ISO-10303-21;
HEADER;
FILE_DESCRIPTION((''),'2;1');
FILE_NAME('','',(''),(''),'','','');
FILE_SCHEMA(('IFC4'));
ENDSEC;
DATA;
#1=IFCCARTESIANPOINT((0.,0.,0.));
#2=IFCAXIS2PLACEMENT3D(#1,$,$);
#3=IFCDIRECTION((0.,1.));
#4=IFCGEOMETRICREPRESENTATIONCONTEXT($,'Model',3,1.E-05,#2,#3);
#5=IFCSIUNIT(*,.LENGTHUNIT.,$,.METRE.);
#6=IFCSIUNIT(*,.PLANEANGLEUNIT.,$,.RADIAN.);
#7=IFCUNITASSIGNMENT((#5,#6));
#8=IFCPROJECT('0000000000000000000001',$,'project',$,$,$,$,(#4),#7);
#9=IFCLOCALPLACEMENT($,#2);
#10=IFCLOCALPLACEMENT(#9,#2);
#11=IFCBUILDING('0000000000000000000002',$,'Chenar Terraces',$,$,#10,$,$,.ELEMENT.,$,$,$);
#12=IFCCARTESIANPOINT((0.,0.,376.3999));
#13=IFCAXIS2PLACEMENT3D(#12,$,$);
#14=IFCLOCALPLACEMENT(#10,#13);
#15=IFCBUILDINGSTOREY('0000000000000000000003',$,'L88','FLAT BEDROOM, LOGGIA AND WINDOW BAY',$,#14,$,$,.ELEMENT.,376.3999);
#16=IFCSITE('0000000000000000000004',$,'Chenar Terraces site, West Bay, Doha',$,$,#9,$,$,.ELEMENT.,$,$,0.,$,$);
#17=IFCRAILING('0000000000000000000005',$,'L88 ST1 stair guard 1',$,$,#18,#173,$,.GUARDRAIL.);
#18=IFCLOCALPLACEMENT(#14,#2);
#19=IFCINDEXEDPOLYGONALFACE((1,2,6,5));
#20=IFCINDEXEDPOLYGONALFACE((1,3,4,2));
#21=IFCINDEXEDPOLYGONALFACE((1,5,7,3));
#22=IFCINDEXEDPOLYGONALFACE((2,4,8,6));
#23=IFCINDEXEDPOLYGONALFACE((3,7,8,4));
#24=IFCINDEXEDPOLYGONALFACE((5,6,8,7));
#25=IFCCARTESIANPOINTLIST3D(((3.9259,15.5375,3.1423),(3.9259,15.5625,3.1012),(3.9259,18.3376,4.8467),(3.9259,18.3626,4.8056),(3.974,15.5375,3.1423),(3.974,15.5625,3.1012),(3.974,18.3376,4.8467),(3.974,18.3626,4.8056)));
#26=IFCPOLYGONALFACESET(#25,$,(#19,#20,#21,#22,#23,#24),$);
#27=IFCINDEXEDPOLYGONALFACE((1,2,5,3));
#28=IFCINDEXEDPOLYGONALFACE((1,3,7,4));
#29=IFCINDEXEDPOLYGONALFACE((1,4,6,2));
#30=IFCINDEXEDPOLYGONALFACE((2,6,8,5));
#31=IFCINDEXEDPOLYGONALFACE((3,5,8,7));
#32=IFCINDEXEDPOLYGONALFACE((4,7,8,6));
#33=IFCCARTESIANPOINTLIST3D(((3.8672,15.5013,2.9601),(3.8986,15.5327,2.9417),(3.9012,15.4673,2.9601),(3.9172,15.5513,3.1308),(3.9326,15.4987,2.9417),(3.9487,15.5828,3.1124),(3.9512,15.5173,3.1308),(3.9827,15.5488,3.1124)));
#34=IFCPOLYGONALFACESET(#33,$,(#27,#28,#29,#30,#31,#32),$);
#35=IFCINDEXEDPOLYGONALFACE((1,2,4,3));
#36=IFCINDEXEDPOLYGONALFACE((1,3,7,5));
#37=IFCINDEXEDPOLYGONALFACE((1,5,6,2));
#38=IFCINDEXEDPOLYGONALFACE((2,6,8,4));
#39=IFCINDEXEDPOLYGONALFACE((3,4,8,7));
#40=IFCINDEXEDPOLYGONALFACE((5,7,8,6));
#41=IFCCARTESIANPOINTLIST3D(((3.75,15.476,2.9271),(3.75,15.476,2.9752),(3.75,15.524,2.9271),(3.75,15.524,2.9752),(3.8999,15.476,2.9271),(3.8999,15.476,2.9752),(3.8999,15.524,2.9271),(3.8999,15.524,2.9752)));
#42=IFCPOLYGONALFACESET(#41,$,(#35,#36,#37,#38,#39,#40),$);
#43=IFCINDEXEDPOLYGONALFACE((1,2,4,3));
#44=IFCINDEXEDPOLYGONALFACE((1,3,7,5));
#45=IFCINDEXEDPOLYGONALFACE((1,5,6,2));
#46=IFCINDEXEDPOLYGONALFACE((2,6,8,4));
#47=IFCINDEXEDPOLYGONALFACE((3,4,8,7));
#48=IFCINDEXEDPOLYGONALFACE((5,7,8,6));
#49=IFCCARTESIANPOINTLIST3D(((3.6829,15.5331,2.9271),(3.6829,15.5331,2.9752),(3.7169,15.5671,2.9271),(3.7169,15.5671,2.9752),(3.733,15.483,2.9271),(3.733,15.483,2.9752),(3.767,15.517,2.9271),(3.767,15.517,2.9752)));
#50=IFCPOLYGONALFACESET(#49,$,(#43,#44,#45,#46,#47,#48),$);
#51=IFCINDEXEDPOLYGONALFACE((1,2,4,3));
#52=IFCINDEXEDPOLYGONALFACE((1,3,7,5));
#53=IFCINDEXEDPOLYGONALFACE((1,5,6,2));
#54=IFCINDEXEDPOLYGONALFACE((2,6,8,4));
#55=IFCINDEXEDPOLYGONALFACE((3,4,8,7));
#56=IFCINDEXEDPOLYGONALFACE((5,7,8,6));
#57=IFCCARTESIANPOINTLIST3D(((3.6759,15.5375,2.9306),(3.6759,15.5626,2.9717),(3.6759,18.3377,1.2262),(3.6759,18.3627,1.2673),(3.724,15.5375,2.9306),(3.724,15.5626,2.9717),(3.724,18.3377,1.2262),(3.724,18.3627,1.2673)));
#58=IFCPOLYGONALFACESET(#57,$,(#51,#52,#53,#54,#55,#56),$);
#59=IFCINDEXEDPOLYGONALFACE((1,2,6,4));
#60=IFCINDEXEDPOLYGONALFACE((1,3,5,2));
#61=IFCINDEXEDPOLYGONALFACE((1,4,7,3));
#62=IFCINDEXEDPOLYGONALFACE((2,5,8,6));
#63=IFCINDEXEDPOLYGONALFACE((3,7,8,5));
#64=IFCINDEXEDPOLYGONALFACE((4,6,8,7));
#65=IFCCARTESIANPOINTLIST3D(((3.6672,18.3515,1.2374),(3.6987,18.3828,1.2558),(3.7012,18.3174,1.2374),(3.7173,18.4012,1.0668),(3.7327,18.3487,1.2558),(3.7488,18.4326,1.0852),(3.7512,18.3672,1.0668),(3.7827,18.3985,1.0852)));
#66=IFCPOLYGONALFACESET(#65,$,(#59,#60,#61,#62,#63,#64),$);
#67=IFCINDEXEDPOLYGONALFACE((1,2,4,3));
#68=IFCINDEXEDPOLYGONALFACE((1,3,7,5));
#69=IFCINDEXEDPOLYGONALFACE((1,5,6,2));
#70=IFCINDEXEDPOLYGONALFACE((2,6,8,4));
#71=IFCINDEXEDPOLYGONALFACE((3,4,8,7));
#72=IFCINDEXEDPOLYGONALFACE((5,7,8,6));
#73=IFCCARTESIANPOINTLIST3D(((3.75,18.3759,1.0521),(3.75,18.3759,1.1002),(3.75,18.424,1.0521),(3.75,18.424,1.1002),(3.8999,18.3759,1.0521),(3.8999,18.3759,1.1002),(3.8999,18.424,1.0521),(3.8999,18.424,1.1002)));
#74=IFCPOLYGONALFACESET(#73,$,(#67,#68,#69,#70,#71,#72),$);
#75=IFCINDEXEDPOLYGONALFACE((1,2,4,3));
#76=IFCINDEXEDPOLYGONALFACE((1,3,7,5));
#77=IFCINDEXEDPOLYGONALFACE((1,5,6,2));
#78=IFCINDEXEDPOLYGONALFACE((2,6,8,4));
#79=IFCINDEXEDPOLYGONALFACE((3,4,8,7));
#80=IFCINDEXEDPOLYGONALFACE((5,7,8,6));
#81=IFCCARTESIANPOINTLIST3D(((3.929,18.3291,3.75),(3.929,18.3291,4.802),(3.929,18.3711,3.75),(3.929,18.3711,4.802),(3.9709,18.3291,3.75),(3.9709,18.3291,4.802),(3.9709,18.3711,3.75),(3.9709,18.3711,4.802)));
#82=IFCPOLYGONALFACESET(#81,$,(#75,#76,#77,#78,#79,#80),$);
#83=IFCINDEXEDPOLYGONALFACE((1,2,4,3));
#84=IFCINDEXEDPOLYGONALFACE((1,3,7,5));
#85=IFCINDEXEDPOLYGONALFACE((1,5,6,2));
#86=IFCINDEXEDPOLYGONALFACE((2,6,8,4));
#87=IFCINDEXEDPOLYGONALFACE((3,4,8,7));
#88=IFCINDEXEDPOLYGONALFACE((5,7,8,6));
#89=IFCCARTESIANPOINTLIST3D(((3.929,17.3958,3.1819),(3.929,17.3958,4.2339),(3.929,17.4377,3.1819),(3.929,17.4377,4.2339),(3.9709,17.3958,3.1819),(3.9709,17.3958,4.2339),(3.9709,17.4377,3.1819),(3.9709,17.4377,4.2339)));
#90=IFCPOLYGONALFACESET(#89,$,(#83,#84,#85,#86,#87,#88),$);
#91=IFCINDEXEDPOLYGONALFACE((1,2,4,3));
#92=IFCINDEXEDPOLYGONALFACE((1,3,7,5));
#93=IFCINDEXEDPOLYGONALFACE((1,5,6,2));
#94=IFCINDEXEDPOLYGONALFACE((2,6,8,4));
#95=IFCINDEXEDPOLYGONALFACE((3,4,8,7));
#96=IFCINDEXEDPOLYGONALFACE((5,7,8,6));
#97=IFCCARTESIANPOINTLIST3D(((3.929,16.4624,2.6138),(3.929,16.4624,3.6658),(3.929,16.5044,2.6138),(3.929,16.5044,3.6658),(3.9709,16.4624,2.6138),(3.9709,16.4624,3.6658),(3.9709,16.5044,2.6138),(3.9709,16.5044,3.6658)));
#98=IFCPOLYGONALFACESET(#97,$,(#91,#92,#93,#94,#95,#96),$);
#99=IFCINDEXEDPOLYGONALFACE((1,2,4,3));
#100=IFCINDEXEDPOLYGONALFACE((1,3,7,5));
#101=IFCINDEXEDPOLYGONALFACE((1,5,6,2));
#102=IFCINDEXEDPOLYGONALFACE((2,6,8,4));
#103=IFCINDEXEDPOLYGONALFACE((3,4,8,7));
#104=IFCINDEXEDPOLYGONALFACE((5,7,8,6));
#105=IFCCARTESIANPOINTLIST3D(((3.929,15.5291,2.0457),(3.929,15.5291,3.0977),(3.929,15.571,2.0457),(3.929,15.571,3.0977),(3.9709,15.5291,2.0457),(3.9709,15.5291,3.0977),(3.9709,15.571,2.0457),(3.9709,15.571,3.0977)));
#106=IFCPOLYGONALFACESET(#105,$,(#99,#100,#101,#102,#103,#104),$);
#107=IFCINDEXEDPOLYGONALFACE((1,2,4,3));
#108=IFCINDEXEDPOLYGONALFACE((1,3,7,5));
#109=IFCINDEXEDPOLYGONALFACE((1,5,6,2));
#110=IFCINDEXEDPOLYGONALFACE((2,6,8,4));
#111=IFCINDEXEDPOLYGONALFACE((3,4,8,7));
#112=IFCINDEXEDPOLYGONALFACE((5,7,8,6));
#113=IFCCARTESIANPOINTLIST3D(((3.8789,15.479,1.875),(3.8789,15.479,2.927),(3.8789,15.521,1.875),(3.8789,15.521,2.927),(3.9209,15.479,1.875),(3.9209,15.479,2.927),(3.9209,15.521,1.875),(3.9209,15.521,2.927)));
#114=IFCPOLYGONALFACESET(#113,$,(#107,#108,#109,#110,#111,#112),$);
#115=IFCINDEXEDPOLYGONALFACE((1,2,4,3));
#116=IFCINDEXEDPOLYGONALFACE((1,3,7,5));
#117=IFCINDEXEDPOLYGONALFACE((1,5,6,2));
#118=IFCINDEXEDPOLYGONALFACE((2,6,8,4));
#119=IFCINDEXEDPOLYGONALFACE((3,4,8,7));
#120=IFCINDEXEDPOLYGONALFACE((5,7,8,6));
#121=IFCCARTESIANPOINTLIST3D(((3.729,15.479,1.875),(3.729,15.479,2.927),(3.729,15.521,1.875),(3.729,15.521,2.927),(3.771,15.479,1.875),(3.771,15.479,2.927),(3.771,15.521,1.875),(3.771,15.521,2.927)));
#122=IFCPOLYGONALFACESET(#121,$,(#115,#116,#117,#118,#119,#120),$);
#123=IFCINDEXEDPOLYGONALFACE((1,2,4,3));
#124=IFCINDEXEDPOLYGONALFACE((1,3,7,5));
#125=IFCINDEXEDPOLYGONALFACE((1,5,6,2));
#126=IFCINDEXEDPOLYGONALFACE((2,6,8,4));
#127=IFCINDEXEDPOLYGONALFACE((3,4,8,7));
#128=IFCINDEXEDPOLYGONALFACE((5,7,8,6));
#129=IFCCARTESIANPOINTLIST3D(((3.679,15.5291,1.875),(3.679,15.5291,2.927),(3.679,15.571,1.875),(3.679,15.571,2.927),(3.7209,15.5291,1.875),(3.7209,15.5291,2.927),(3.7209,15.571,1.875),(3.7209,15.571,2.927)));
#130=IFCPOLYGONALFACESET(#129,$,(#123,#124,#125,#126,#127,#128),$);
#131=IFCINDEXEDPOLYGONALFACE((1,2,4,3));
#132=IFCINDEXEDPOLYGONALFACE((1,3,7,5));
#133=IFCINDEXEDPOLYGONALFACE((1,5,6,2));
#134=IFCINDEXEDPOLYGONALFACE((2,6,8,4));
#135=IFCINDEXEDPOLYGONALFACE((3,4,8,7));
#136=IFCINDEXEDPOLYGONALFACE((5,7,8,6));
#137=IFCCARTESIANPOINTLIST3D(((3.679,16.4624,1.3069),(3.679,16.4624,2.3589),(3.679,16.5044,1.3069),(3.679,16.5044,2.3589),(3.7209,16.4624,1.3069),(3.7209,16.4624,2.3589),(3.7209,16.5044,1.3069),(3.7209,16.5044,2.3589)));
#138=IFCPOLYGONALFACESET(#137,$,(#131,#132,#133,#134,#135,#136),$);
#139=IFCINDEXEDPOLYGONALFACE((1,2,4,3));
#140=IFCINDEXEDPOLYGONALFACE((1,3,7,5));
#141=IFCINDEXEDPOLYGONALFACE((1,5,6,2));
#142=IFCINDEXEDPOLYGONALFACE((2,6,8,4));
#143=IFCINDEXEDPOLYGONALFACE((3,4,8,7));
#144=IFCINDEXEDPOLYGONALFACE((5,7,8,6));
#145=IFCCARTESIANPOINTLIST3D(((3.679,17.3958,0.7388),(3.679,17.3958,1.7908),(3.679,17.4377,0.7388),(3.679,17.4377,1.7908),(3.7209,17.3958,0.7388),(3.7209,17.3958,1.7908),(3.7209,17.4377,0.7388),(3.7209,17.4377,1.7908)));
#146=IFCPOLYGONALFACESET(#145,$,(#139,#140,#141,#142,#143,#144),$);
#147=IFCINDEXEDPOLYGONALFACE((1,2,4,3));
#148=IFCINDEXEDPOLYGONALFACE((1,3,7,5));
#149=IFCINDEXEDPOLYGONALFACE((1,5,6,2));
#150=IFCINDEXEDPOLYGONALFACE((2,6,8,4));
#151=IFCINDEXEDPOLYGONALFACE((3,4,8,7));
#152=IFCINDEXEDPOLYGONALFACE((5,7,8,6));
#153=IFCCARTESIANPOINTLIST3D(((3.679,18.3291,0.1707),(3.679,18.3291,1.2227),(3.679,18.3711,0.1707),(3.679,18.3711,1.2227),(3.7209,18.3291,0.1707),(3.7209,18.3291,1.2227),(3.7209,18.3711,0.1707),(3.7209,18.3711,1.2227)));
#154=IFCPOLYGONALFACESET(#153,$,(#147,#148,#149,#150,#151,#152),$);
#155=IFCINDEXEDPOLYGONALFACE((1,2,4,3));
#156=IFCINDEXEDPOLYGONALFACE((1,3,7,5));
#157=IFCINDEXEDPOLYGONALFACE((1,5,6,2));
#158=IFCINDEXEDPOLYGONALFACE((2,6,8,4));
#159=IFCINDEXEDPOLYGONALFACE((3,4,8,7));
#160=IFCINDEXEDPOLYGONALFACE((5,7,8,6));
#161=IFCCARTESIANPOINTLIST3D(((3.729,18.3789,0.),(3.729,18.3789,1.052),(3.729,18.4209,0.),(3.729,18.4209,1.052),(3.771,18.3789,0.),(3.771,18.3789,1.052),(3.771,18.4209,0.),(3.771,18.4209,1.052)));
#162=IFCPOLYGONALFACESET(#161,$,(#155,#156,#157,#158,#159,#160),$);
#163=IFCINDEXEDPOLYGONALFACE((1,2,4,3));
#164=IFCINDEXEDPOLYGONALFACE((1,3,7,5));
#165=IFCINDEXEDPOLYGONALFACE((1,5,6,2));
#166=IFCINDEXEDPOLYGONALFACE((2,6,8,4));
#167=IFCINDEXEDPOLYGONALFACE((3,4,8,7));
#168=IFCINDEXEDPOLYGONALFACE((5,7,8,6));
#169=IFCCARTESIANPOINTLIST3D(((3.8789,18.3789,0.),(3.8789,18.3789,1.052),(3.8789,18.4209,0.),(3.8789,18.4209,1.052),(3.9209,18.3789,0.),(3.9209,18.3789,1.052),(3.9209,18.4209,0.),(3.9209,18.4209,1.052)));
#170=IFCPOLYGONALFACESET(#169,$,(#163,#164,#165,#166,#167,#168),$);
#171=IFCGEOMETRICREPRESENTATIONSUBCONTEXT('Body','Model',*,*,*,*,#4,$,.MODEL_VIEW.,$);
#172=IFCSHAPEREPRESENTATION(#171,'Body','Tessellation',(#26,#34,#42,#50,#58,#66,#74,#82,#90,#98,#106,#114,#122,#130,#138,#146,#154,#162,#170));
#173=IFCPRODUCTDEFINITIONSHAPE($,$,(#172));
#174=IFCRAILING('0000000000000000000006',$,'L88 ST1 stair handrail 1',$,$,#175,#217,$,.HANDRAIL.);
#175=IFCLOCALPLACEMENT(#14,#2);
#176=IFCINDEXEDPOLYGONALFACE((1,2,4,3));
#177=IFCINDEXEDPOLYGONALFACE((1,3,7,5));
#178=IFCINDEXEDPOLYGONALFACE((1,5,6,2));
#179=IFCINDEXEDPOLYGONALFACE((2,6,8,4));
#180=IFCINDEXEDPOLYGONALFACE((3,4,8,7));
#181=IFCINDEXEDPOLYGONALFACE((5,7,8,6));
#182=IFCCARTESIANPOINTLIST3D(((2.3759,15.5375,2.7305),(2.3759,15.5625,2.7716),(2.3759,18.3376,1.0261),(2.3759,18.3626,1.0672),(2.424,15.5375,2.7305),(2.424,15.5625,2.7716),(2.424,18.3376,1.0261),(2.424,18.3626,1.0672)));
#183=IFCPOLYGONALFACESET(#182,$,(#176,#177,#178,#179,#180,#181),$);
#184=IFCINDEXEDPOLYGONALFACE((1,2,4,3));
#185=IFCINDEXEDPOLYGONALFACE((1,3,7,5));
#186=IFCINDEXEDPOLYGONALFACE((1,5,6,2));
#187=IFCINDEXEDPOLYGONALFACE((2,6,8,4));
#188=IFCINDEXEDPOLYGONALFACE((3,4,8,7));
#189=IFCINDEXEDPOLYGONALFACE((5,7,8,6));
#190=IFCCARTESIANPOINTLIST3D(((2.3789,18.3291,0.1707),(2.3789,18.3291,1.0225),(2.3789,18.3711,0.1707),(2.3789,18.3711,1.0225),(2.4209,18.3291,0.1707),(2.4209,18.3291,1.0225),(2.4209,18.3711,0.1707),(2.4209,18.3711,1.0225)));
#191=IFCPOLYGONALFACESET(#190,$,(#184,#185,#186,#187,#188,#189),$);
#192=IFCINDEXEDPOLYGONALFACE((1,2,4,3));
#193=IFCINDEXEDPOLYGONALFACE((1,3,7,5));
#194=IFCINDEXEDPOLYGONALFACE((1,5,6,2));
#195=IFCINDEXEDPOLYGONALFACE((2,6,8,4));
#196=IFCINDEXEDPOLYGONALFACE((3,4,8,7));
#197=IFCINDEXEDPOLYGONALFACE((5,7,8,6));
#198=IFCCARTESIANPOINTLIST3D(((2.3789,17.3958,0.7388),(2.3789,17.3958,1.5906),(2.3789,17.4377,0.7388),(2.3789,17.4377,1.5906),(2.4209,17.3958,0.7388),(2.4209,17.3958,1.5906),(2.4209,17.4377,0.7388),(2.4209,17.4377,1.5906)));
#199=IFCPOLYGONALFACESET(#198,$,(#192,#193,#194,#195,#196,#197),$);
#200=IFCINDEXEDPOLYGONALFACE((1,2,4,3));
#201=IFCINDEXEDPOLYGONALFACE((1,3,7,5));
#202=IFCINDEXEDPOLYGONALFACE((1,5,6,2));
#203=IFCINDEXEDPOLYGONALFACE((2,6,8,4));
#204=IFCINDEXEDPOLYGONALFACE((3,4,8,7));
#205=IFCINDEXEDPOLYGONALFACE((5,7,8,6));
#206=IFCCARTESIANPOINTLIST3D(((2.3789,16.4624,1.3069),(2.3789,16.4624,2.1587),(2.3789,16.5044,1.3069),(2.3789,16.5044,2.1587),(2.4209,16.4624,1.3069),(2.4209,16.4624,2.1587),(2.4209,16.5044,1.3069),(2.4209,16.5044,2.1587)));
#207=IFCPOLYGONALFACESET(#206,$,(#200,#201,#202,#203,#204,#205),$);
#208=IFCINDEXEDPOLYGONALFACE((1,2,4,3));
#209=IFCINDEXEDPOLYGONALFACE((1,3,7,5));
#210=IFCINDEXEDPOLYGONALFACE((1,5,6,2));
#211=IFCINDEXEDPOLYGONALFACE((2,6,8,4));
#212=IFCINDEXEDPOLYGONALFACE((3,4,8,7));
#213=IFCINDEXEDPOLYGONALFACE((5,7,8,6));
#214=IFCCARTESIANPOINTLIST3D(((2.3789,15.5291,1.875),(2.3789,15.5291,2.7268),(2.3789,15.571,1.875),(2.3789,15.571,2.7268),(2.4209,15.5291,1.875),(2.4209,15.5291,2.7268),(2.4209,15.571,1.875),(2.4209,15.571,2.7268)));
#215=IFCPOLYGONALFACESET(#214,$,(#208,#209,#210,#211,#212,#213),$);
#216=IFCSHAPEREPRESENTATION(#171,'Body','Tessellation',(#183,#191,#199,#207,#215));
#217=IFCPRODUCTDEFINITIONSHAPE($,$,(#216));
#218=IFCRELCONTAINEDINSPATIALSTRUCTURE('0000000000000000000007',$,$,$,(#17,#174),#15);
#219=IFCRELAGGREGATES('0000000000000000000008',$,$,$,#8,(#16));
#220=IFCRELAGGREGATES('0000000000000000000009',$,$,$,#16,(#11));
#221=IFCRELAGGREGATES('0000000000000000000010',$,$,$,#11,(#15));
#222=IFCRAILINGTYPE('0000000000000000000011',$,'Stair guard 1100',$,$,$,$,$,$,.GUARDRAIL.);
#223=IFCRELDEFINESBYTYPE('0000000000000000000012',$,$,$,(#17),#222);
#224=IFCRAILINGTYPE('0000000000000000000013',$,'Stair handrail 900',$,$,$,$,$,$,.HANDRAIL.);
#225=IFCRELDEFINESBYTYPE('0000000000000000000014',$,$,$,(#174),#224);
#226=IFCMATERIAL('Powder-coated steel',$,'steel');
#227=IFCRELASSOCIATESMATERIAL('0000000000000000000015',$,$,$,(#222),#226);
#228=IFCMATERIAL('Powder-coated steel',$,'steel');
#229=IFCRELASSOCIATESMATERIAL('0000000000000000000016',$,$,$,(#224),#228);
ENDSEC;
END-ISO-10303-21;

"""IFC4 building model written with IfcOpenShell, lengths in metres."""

from ifc_helpers import new_model, si_unit, direction, frame, origin, origin_2d, place, context, subcontext, project, spatial, rectangle, extrude, material, type_object, element, save


model = new_model("IFC4")

# Units and contexts
model_context = context("Model", 3, precision=1e-05, world=origin(), true_north=direction((0.0, 1.0)))
body_context = subcontext(model_context, "Body", "Model", "MODEL_VIEW")
ifc_project = project(units=[si_unit("LENGTHUNIT", "METRE"), si_unit("PLANEANGLEUNIT", "RADIAN")], contexts=[model_context])

# Site, building, storey
site_placement = place(None, origin())
site = spatial("IfcSite", under=ifc_project, at=site_placement, Name="Chenar Terraces site, West Bay, Doha", CompositionType="ELEMENT", RefElevation=0.0)
building_placement = place(site_placement, origin())
building = spatial("IfcBuilding", under=site, at=building_placement, Name="Chenar Terraces", CompositionType="ELEMENT")
storey_placement = place(building_placement, frame((0.0, 0.0, 376.3999)))
storey = spatial("IfcBuildingStorey", under=building, at=storey_placement, Name="L88", Description="FLAT BEDROOM, LOGGIA AND WINDOW BAY", CompositionType="ELEMENT", Elevation=376.3999)

# Railings
ifc_material_1 = material(Name="Powder-coated steel", Category="steel")
railing_type_1 = type_object("IfcRailingType", Name="Stair guard 1100", PredefinedType="GUARDRAIL", material=ifc_material_1)
railing_1_placement = place(storey_placement, frame((3.95, 18.3501, 3.75)))
element("IfcRailing", 1, at=railing_1_placement, inside=storey, type_object=railing_type_1, Name="L88 ST1 stair guard 1", PredefinedType="GUARDRAIL", context=body_context, shape_type="SweptSolid", body=[
    extrude(rectangle(XDim=0.0481, YDim=0.0481, at=origin_2d()), frame((0.0, 0.0, 1.0762), z_axis=(0.0, -0.854203, -0.51994), x_axis=(1.0, 0.0, 0.0)), (0.0, 0.0, 1.0), 3.2781),
    extrude(rectangle(XDim=0.0481, YDim=0.0481, at=origin_2d()), frame((0.0, -2.8, -0.6284), z_axis=(-0.2709, -0.2709, -0.923703), x_axis=(0.707107, -0.707107, 0.0)), (0.0, 0.0, 1.0), 0.1848),
    extrude(rectangle(XDim=0.0481, YDim=0.0481, at=origin_2d()), frame((-0.05, -2.8501, -0.7988), z_axis=(-1.0, 0.0, 0.0), x_axis=(0.0, -1.0, 0.0)), (0.0, 0.0, 1.0), 0.1499),
    extrude(rectangle(XDim=0.0481, YDim=0.0481, at=origin_2d()), frame((-0.2, -2.8501, -0.7988), z_axis=(-0.707107, 0.707107, 0.0), x_axis=(-0.707107, -0.707107, 0.0)), (0.0, 0.0, 1.0), 0.0708),
    extrude(rectangle(XDim=0.0481, YDim=0.0481, at=origin_2d()), frame((-0.25, -2.8, -0.7988), z_axis=(0.0, 0.854203, -0.51994), x_axis=(-1.0, 0.0, 0.0)), (0.0, 0.0, 1.0), 3.2781),
    extrude(rectangle(XDim=0.0481, YDim=0.0481, at=origin_2d()), frame((-0.25, 0.0, -2.5034), z_axis=(0.270997, 0.269675, -0.924033), x_axis=(-0.705376, 0.708834, 0.0)), (0.0, 0.0, 1.0), 0.1846),
    extrude(rectangle(XDim=0.0481, YDim=0.0481, at=origin_2d()), frame((-0.2, 0.0498, -2.6738), z_axis=(1.0, 0.0, 0.0), x_axis=(0.0, 1.0, 0.0)), (0.0, 0.0, 1.0), 0.1499),
    extrude(rectangle(XDim=0.042, YDim=0.042, at=origin_2d()), origin(), (0.0, 0.0, 1.0), 1.052),
    extrude(rectangle(XDim=0.042, YDim=0.042, at=origin_2d()), frame((0.0, -0.9333, -0.5681)), (0.0, 0.0, 1.0), 1.052),
    extrude(rectangle(XDim=0.042, YDim=0.042, at=origin_2d()), frame((0.0, -1.8667, -1.1362)), (0.0, 0.0, 1.0), 1.052),
    extrude(rectangle(XDim=0.042, YDim=0.042, at=origin_2d()), frame((0.0, -2.8, -1.7043)), (0.0, 0.0, 1.0), 1.052),
    extrude(rectangle(XDim=0.042, YDim=0.042, at=origin_2d()), frame((-0.05, -2.8501, -1.875)), (0.0, 0.0, 1.0), 1.052),
    extrude(rectangle(XDim=0.042, YDim=0.042, at=origin_2d()), frame((-0.2, -2.8501, -1.875)), (0.0, 0.0, 1.0), 1.052),
    extrude(rectangle(XDim=0.042, YDim=0.042, at=origin_2d()), frame((-0.25, -2.8, -1.875)), (0.0, 0.0, 1.0), 1.052),
    extrude(rectangle(XDim=0.042, YDim=0.042, at=origin_2d()), frame((-0.25, -1.8667, -2.4431)), (0.0, 0.0, 1.0), 1.052),
    extrude(rectangle(XDim=0.042, YDim=0.042, at=origin_2d()), frame((-0.25, -0.9333, -3.0112)), (0.0, 0.0, 1.0), 1.052),
    extrude(rectangle(XDim=0.042, YDim=0.042, at=origin_2d()), frame((-0.25, 0.0, -3.5793)), (0.0, 0.0, 1.0), 1.052),
    extrude(rectangle(XDim=0.042, YDim=0.042, at=origin_2d()), frame((-0.2, 0.0498, -3.75)), (0.0, 0.0, 1.0), 1.052),
    extrude(rectangle(XDim=0.042, YDim=0.042, at=origin_2d()), frame((-0.05, 0.0498, -3.75)), (0.0, 0.0, 1.0), 1.052),
])
ifc_material_2 = material(Name="Powder-coated steel", Category="steel")
railing_type_2 = type_object("IfcRailingType", Name="Stair handrail 900", PredefinedType="HANDRAIL", material=ifc_material_2)
railing_2_placement = place(storey_placement, frame((2.3999, 18.3501, 0.1707)))
element("IfcRailing", 2, at=railing_2_placement, inside=storey, type_object=railing_type_2, Name="L88 ST1 stair handrail 1", PredefinedType="HANDRAIL", context=body_context, shape_type="SweptSolid", body=[
    extrude(rectangle(XDim=0.0481, YDim=0.0481, at=origin_2d()), frame((0.0, 0.0, 0.876), z_axis=(0.0, -0.854203, 0.51994), x_axis=(1.0, 0.0, 0.0)), (0.0, 0.0, 1.0), 3.2781),
    extrude(rectangle(XDim=0.042, YDim=0.042, at=origin_2d()), origin(), (0.0, 0.0, 1.0), 0.8518),
    extrude(rectangle(XDim=0.042, YDim=0.042, at=origin_2d()), frame((0.0, -0.9333, 0.5681)), (0.0, 0.0, 1.0), 0.8518),
    extrude(rectangle(XDim=0.042, YDim=0.042, at=origin_2d()), frame((0.0, -1.8667, 1.1362)), (0.0, 0.0, 1.0), 0.8518),
    extrude(rectangle(XDim=0.042, YDim=0.042, at=origin_2d()), frame((0.0, -2.8, 1.7043)), (0.0, 0.0, 1.0), 0.8518),
])

save(model, "model.ifc")
